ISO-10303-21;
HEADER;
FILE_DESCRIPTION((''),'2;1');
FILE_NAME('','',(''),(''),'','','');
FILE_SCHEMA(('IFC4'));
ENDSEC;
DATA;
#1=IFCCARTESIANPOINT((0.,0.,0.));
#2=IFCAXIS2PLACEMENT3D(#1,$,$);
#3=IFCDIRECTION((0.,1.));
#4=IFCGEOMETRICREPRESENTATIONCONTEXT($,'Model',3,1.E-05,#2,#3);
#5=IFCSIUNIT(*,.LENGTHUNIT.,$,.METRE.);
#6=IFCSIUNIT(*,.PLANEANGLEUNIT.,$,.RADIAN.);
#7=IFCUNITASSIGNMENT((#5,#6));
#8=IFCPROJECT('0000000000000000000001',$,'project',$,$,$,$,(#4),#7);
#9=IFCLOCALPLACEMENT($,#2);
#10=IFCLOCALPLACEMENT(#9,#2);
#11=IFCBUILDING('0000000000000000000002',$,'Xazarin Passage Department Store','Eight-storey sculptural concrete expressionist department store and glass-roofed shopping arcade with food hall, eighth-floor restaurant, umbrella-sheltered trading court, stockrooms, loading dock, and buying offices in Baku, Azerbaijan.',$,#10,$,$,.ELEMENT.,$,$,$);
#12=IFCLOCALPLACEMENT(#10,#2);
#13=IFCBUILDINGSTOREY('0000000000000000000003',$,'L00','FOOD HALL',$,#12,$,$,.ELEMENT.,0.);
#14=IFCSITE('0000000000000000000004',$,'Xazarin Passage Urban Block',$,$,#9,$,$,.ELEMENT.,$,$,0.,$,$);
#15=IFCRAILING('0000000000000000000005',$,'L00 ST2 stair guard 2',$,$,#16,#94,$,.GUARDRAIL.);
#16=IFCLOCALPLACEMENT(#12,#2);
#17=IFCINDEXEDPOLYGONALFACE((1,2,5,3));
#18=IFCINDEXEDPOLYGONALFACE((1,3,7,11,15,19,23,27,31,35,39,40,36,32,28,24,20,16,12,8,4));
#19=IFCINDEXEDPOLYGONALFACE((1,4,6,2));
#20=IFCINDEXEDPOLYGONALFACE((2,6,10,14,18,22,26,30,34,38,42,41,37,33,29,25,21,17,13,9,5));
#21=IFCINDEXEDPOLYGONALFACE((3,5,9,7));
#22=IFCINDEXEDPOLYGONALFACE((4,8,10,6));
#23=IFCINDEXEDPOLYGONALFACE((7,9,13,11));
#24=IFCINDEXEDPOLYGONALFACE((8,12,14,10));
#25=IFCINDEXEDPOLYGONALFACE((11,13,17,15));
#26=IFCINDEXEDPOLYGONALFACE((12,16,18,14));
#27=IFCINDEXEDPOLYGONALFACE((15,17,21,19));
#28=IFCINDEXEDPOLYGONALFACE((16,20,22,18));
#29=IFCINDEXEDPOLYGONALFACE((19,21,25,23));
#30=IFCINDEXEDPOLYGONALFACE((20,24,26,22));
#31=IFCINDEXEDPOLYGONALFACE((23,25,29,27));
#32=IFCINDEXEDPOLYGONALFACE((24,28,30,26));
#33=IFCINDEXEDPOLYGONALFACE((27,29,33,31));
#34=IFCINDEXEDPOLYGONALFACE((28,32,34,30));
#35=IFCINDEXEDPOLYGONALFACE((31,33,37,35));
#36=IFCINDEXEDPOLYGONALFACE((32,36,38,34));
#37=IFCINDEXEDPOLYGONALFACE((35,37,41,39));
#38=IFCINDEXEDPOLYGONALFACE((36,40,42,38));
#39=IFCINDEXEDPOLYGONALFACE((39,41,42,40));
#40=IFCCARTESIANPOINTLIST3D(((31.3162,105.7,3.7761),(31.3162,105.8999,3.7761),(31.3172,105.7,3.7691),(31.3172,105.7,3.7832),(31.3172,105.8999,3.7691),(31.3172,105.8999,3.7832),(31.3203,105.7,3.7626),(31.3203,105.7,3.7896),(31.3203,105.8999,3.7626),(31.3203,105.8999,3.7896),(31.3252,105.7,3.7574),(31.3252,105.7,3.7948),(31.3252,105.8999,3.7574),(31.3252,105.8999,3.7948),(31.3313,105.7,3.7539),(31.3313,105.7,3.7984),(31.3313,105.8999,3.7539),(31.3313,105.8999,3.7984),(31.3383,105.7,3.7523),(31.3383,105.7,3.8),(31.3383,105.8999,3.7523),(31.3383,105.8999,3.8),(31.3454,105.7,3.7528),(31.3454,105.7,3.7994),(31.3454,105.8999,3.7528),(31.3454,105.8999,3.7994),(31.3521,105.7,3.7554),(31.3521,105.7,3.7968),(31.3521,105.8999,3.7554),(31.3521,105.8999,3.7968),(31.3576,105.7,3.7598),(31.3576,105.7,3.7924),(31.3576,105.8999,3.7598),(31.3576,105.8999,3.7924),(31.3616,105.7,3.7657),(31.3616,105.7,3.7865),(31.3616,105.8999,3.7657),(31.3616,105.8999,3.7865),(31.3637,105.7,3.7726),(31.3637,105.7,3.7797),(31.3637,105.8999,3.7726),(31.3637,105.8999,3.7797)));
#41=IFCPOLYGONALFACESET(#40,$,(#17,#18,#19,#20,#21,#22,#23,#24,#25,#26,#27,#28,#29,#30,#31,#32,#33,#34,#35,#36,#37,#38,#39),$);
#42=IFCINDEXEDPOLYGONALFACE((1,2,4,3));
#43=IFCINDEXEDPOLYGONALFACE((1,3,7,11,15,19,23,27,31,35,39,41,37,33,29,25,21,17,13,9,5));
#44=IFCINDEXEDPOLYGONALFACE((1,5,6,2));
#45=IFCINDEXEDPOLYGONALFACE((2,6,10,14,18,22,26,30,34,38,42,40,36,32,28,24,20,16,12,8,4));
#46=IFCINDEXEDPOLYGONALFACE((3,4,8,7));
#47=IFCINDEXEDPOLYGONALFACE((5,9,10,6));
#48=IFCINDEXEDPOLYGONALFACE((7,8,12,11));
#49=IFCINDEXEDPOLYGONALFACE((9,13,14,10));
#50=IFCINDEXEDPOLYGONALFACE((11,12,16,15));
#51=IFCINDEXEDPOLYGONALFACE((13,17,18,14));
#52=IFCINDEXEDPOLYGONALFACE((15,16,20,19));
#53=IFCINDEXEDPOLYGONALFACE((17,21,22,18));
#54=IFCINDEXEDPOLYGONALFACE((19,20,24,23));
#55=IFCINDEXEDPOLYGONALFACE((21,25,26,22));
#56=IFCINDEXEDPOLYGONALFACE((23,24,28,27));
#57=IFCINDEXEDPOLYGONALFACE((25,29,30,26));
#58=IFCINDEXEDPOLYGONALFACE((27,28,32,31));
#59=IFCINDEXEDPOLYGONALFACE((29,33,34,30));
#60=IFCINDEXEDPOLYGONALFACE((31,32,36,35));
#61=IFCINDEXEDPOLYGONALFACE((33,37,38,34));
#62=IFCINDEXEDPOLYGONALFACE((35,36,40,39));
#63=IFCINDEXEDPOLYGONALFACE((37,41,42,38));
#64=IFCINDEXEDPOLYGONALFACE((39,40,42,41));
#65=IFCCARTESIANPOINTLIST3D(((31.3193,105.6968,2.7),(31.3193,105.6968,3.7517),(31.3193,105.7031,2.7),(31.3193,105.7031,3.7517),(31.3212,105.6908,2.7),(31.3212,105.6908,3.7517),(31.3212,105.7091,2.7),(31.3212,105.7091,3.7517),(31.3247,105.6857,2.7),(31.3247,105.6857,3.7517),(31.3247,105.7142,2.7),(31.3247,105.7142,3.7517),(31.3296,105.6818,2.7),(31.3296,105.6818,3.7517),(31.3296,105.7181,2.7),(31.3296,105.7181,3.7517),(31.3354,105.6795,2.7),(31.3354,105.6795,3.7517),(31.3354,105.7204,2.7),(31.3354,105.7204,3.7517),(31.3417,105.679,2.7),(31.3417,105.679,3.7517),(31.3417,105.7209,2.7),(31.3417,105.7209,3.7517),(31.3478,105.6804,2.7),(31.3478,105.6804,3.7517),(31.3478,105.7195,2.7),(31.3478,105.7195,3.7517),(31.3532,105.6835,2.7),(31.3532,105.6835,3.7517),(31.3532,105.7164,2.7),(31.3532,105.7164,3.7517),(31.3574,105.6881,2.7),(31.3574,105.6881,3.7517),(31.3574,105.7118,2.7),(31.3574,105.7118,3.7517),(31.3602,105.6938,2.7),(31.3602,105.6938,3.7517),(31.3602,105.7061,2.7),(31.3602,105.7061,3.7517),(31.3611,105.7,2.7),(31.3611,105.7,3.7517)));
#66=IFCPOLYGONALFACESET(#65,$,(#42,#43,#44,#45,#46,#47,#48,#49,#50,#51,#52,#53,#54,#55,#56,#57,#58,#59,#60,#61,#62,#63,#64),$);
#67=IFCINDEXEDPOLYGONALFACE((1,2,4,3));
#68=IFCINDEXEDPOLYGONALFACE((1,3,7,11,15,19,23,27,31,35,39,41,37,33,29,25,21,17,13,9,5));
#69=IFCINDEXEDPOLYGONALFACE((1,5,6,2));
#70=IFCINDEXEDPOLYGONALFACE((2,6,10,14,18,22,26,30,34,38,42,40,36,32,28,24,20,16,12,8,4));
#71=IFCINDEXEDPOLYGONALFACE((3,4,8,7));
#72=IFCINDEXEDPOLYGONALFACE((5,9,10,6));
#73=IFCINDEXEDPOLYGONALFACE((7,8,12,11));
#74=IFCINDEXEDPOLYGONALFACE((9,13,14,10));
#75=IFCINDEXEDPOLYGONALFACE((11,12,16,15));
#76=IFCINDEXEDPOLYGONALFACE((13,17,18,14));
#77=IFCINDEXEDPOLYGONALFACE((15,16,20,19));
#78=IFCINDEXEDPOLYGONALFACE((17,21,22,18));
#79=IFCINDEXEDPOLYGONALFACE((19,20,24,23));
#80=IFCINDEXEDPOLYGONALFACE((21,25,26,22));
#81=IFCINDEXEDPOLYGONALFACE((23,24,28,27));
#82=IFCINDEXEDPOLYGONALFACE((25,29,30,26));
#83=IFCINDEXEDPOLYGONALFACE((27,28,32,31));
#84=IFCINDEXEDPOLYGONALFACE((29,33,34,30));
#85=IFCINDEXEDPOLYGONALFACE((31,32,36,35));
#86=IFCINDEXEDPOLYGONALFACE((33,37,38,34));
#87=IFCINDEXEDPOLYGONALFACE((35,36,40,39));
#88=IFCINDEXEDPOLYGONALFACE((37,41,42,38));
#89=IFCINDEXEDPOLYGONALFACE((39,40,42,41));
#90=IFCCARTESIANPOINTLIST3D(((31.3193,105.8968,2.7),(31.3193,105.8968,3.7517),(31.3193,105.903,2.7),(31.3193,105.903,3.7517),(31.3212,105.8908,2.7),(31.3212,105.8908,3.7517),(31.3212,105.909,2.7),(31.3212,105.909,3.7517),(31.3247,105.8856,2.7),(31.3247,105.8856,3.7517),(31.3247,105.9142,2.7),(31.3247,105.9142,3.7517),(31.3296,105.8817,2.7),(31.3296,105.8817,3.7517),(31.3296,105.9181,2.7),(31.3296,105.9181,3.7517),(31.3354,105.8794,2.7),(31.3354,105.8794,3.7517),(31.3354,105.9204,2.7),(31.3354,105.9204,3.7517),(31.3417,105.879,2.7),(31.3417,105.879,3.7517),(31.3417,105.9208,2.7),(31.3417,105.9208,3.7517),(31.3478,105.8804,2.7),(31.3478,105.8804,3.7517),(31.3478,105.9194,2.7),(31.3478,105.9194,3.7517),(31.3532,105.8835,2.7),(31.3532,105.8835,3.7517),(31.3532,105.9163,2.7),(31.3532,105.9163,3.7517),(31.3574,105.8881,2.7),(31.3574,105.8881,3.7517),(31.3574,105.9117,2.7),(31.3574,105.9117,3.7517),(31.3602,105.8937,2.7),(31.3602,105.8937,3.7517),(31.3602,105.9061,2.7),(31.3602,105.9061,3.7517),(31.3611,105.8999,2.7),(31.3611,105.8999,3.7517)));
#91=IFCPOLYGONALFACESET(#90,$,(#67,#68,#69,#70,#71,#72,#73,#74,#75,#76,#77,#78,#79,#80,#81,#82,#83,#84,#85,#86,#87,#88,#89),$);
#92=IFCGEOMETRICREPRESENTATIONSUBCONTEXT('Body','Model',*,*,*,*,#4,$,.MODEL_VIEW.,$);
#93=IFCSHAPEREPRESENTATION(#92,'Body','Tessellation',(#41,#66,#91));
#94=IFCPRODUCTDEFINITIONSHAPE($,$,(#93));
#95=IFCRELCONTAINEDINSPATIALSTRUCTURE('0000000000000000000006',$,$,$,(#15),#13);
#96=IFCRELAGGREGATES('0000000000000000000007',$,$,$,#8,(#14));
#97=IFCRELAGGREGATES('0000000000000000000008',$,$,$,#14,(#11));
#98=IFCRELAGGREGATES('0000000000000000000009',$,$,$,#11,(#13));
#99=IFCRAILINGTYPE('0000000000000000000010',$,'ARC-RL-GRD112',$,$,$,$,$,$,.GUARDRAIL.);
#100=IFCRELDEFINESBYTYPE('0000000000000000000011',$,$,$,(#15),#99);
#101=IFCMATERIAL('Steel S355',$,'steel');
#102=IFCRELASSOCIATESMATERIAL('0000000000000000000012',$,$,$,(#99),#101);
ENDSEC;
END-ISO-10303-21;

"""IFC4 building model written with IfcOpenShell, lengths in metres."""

from ifc_helpers import new_model, si_unit, direction, frame, origin, origin_2d, place, context, subcontext, project, spatial, circle, extrude, material, type_object, element, save


model = new_model("IFC4")

# Units and contexts
model_context = context("Model", 3, precision=1e-05, world=origin(), true_north=direction((0.0, 1.0)))
body_context = subcontext(model_context, "Body", "Model", "MODEL_VIEW")
ifc_project = project(units=[si_unit("LENGTHUNIT", "METRE"), si_unit("PLANEANGLEUNIT", "RADIAN")], contexts=[model_context])

# Site, building, storey
site_placement = place(None, origin())
site = spatial("IfcSite", under=ifc_project, at=site_placement, Name="Xazarin Passage Urban Block", CompositionType="ELEMENT", RefElevation=0.0)
building_placement = place(site_placement, origin())
building = spatial("IfcBuilding", under=site, at=building_placement, Name="Xazarin Passage Department Store", Description="Eight-storey sculptural concrete expressionist department store and glass-roofed shopping arcade with food hall, eighth-floor restaurant, umbrella-sheltered trading court, stockrooms, loading dock, and buying offices in Baku, Azerbaijan.", CompositionType="ELEMENT")
storey_placement = place(building_placement, origin())
storey = spatial("IfcBuildingStorey", under=building, at=storey_placement, Name="L00", Description="FOOD HALL", CompositionType="ELEMENT", Elevation=0.0)

# Railing
ifc_material_1 = material(Name="Steel S355", Category="steel")
railing_type_1 = type_object("IfcRailingType", Name="ARC-RL-GRD112", PredefinedType="GUARDRAIL", material=ifc_material_1)
railing_1_placement = place(storey_placement, frame((31.3401, 105.7, 2.7)))
element("IfcRailing", 1, at=railing_1_placement, inside=storey, type_object=railing_type_1, Name="L00 ST2 stair guard 2", PredefinedType="GUARDRAIL", context=body_context, shape_type="SweptSolid", body=[
    extrude(circle(Radius=0.0239, at=origin_2d()), frame((0.0, 0.0, 1.0762), z_axis=(0.0, 1.0, 0.0), x_axis=(-1.0, 0.0, 0.0)), (0.0, 0.0, 1.0), 0.2),
    extrude(circle(Radius=0.021, at=origin_2d()), origin(), (0.0, 0.0, 1.0), 1.0518),
    extrude(circle(Radius=0.021, at=origin_2d()), frame((0.0, 0.2, 0.0)), (0.0, 0.0, 1.0), 1.0518),
])

save(model, "model.ifc")
